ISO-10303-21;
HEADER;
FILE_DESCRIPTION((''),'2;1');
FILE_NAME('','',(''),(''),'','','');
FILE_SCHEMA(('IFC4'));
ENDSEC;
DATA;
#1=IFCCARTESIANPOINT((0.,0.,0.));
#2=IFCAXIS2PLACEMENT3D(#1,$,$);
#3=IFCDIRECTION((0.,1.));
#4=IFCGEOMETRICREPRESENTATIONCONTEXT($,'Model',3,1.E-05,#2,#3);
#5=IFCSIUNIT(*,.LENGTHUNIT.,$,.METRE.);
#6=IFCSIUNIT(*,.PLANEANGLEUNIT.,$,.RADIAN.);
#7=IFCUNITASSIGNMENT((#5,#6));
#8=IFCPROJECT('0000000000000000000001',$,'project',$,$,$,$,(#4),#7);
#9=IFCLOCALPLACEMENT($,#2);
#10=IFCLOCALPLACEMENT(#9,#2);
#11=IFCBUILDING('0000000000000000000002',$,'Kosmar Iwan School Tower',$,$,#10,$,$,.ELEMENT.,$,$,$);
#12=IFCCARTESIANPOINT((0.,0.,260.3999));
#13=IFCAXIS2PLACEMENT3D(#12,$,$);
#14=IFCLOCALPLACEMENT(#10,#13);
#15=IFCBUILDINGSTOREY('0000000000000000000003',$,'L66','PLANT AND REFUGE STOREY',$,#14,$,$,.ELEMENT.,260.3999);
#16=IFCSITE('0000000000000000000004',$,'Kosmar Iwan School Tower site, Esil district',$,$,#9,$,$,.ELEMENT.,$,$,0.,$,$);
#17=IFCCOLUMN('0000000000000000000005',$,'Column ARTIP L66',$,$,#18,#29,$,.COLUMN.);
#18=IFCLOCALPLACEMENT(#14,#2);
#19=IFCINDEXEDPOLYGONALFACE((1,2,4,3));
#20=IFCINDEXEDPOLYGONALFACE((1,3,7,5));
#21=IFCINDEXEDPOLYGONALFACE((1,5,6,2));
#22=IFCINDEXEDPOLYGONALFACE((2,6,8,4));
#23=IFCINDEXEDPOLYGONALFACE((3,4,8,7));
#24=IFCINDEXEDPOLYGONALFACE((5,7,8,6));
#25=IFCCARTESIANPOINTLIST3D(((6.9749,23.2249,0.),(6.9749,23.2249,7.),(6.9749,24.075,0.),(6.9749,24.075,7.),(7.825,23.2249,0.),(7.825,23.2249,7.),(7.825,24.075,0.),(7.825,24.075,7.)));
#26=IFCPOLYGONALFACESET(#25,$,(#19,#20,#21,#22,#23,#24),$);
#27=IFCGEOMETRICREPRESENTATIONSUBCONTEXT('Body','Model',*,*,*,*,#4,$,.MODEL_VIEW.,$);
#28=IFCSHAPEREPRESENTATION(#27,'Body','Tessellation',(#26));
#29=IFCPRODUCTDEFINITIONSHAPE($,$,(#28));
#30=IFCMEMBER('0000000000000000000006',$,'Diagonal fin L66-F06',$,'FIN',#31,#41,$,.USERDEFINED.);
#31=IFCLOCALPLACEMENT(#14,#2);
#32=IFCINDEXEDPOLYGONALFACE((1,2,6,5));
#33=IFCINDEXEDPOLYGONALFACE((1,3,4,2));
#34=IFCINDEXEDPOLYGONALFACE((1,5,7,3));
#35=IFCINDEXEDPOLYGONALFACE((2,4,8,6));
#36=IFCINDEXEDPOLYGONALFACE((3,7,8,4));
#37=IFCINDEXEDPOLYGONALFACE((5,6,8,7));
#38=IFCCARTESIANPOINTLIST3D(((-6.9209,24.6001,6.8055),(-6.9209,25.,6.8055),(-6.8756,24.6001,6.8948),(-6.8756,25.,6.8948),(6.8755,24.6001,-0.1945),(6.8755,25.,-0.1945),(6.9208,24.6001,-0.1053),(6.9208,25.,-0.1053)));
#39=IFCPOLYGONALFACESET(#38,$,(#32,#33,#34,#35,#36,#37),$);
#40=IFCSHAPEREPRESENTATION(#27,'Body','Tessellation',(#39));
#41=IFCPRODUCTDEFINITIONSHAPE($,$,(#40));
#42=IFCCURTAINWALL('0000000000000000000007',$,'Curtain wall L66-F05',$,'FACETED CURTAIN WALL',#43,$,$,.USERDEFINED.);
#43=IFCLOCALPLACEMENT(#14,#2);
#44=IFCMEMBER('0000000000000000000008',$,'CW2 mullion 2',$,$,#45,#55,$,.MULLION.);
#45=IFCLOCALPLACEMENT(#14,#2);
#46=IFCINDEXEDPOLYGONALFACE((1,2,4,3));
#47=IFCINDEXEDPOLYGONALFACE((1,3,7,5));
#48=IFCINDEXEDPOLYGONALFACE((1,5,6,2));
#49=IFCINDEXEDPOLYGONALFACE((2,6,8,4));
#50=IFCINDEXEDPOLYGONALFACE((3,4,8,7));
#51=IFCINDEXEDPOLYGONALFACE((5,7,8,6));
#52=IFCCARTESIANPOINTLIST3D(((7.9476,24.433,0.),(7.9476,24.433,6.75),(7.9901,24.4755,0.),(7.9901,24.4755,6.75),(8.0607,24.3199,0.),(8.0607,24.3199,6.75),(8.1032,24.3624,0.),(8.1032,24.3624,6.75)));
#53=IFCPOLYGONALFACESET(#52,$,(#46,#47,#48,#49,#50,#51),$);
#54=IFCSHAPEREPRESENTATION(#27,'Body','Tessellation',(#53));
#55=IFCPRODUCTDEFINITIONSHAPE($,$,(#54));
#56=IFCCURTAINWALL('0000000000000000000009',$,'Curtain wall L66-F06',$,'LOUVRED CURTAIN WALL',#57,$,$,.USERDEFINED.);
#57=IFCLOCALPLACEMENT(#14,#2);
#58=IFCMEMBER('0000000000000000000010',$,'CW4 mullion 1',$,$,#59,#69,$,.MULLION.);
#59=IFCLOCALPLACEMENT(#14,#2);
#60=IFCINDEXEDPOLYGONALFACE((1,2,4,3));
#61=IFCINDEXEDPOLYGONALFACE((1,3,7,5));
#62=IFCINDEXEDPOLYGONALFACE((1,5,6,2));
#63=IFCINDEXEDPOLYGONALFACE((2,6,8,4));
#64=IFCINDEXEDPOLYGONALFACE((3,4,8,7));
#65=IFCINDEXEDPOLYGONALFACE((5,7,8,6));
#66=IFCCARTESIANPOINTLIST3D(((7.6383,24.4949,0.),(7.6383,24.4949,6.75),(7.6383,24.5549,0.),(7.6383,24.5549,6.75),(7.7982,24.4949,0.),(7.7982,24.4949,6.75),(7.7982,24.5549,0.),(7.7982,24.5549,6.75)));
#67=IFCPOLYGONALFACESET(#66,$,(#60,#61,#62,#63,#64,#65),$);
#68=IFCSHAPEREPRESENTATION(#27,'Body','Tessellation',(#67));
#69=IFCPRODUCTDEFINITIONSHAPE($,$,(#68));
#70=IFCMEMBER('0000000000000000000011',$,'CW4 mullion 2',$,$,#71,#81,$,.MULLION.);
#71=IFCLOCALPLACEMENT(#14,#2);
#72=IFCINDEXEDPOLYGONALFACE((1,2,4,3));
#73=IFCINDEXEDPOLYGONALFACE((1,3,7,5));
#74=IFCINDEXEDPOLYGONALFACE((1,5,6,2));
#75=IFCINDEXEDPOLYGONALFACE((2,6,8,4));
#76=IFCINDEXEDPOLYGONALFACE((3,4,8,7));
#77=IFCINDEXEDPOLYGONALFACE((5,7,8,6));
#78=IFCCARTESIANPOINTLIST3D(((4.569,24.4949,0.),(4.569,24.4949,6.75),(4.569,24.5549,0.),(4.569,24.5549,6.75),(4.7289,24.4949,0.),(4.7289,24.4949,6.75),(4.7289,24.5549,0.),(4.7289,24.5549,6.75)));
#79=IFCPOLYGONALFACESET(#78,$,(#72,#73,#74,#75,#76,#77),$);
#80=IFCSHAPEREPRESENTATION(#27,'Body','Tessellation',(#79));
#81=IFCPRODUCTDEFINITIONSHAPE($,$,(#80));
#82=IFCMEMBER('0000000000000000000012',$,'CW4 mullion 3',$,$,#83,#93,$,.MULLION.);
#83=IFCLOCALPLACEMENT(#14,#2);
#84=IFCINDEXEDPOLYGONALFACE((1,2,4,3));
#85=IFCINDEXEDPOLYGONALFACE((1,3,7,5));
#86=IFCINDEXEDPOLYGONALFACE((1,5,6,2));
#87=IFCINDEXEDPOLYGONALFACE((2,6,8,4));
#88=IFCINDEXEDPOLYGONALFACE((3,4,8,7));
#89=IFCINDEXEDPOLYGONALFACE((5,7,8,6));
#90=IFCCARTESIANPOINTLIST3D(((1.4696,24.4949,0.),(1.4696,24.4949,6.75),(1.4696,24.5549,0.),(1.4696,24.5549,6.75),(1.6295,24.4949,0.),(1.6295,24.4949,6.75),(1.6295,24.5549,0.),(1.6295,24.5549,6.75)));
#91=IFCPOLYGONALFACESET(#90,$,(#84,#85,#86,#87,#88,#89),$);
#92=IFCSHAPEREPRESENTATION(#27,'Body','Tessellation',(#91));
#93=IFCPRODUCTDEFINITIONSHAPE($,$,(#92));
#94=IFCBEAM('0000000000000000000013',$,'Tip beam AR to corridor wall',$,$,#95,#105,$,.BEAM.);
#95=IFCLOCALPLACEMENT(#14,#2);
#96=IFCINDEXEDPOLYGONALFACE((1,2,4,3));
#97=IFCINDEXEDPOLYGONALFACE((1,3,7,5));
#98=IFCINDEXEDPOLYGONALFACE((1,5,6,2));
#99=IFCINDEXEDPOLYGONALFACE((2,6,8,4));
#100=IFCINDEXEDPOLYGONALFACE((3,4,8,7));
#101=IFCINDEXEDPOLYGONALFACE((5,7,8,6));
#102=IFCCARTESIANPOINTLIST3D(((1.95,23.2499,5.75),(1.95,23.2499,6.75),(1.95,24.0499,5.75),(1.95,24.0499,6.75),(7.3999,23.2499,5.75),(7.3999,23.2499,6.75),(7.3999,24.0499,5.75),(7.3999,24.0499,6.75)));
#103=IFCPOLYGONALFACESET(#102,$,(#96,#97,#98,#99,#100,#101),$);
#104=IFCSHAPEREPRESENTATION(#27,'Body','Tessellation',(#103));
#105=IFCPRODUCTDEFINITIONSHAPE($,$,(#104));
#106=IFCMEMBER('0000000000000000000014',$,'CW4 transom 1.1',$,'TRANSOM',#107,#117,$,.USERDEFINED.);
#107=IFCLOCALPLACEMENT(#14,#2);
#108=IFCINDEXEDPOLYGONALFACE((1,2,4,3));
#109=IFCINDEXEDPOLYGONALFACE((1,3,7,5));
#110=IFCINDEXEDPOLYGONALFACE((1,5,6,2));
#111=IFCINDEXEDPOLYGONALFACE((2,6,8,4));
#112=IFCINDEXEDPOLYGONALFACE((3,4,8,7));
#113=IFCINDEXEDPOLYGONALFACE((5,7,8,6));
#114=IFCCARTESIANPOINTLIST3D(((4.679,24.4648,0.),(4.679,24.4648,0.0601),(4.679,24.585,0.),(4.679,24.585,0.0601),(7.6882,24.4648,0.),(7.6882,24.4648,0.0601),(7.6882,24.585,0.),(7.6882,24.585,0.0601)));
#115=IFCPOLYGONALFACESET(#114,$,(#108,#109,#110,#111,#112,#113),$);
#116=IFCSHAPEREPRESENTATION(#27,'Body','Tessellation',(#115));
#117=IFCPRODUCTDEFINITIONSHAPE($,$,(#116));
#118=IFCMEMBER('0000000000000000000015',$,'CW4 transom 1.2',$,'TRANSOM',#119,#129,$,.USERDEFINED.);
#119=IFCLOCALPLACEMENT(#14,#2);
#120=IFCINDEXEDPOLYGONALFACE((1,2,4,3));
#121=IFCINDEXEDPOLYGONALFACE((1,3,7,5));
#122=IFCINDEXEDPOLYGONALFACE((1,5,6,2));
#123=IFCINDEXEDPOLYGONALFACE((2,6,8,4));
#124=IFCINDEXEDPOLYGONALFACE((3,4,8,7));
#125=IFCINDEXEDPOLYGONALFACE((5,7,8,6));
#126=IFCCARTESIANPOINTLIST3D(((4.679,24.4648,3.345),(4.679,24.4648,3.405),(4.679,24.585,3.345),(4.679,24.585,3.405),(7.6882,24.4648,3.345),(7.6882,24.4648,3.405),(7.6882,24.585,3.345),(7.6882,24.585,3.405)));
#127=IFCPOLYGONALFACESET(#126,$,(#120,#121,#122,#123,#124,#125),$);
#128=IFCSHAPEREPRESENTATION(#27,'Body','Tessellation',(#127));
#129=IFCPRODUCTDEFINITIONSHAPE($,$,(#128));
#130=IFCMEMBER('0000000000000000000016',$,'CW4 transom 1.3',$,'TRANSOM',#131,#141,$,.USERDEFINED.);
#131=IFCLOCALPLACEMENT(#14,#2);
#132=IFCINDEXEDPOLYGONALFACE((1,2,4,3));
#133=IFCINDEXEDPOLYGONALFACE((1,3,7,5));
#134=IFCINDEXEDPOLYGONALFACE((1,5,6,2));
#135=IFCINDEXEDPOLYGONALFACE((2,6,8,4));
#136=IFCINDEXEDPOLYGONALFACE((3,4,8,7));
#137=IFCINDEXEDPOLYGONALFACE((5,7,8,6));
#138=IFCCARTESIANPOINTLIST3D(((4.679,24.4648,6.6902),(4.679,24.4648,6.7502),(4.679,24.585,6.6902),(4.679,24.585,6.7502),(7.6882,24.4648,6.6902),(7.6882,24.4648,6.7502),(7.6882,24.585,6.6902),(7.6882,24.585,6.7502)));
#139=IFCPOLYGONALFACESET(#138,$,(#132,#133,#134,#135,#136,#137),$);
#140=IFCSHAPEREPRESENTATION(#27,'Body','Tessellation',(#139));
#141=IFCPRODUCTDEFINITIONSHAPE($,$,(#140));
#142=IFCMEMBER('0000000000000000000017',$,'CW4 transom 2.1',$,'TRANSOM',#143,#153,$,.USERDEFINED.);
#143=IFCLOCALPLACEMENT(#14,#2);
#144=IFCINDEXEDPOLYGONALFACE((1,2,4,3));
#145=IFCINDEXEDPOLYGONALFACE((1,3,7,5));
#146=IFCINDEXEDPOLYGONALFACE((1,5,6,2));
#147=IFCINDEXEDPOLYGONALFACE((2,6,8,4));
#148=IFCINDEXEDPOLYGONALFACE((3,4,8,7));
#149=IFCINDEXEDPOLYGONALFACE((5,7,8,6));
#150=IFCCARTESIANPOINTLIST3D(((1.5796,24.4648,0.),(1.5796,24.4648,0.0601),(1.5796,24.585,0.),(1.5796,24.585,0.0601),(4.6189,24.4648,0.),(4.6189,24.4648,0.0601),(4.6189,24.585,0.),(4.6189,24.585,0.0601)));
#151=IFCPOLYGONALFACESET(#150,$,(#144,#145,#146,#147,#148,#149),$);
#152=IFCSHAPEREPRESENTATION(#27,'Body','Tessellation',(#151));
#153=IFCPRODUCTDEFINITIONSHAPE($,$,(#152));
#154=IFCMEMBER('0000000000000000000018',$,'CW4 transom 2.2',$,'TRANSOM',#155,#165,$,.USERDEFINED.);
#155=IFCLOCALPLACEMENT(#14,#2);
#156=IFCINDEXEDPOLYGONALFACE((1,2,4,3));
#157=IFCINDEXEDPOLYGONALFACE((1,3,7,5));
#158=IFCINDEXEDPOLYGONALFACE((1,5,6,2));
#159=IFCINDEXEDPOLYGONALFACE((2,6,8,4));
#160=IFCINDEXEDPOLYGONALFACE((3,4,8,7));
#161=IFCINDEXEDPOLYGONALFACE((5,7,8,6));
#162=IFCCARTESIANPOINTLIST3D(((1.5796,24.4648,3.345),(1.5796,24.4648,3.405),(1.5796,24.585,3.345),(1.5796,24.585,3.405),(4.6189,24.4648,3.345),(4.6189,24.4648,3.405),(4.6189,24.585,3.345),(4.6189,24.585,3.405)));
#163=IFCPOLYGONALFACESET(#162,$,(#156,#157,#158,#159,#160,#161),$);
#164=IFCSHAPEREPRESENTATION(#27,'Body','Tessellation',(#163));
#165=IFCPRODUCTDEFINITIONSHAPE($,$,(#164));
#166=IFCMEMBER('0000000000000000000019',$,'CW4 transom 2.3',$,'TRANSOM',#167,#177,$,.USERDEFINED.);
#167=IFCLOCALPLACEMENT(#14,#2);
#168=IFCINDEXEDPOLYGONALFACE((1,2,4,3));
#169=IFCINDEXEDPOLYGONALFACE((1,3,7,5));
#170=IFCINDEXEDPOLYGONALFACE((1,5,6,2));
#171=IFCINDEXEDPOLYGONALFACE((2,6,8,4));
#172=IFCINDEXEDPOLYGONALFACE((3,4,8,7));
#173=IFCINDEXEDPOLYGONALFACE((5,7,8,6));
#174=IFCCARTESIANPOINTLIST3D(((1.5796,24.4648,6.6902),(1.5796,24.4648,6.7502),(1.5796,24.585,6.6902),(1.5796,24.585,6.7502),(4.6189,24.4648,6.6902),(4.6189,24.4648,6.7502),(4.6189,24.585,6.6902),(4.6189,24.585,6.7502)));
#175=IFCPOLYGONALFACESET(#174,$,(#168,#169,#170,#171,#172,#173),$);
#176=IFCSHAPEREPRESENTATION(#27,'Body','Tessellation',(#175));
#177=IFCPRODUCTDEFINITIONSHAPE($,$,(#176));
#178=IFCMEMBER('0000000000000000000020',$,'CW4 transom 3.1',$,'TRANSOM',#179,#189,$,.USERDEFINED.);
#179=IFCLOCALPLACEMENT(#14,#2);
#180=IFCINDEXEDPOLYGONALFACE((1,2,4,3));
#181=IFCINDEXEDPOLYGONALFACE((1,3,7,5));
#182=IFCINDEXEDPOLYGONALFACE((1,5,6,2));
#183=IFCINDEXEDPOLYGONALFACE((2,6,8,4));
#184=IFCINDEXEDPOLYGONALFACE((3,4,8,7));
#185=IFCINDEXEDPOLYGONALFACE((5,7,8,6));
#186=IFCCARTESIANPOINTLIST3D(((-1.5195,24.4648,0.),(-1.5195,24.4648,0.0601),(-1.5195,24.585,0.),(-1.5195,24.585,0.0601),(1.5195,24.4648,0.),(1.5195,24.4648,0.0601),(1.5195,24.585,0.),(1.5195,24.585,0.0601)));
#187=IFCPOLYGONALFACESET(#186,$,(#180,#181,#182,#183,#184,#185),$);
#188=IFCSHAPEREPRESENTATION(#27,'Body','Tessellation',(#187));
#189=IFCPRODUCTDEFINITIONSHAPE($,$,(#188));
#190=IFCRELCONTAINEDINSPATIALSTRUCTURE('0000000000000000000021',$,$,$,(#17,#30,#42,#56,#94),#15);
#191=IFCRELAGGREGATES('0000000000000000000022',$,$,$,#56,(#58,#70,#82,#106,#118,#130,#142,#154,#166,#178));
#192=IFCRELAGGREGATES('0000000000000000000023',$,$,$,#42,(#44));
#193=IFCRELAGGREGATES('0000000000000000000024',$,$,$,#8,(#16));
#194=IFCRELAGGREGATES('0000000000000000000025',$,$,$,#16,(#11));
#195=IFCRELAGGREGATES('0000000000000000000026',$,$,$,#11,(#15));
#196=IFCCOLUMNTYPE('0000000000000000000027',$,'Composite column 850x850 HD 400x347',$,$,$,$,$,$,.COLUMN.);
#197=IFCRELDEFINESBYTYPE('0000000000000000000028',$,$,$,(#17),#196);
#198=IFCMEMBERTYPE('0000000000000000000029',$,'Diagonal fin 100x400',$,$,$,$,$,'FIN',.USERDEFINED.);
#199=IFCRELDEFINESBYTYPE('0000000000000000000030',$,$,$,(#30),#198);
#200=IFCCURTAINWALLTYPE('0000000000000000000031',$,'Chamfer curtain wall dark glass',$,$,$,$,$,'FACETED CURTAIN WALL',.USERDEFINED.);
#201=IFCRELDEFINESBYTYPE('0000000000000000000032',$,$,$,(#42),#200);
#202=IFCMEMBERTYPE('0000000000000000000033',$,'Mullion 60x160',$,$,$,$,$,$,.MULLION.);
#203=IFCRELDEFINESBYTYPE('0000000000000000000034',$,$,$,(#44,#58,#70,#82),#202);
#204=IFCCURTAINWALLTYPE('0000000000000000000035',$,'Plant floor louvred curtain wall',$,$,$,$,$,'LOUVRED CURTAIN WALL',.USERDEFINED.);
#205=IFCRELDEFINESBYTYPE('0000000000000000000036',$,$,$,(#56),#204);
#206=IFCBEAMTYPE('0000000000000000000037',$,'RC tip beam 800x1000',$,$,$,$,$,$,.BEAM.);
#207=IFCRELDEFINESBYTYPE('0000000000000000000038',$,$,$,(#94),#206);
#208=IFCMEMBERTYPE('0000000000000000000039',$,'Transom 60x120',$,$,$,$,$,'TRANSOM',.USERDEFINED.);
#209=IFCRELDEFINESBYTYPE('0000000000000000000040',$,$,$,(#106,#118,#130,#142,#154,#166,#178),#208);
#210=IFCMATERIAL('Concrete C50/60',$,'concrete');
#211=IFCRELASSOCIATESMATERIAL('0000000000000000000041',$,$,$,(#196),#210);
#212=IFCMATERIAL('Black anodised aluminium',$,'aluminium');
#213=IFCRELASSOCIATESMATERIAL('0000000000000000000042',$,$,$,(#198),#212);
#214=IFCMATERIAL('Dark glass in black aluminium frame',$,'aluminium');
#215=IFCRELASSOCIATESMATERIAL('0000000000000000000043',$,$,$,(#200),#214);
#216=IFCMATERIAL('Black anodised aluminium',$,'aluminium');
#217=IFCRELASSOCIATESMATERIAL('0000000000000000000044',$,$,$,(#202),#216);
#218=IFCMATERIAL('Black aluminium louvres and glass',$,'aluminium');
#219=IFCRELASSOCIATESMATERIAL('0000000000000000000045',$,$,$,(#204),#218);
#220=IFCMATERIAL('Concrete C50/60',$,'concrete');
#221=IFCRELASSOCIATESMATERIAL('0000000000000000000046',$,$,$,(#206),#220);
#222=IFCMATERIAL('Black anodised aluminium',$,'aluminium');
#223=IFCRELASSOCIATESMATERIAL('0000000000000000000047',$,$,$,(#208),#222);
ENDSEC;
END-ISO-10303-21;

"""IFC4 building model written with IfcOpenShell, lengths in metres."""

from ifc_helpers import new_model, si_unit, direction, frame, origin, origin_2d, place, context, subcontext, project, spatial, rectangle, extrude, material, material_profile, profile_set, type_object, element, aggregate, save


model = new_model("IFC4")

# Units and contexts
model_context = context("Model", 3, precision=1e-05, world=origin(), true_north=direction((0.0, 1.0)))
body_context = subcontext(model_context, "Body", "Model", "MODEL_VIEW")
ifc_project = project(units=[si_unit("LENGTHUNIT", "METRE"), si_unit("PLANEANGLEUNIT", "RADIAN")], contexts=[model_context])

# Site, building, storey
site_placement = place(None, origin())
site = spatial("IfcSite", under=ifc_project, at=site_placement, Name="Kosmar Iwan School Tower site, Esil district", CompositionType="ELEMENT", RefElevation=0.0)
building_placement = place(site_placement, origin())
building = spatial("IfcBuilding", under=site, at=building_placement, Name="Kosmar Iwan School Tower", CompositionType="ELEMENT")
storey_placement = place(building_placement, frame((0.0, 0.0, 260.3999)))
storey = spatial("IfcBuildingStorey", under=building, at=storey_placement, Name="L66", Description="PLANT AND REFUGE STOREY", CompositionType="ELEMENT", Elevation=260.3999)

# Column
ifc_material_1 = material(Name="Concrete C50/60", Category="concrete")
ifc_material_profile_1 = material_profile(ifc_material_1, rectangle(XDim=0.8501, YDim=0.8501, at=origin_2d()), Name="RC 850x850 + HD 400x347")
ifc_profile_set_1 = profile_set([ifc_material_profile_1], Name="Concrete C50/60")
column_type = type_object("IfcColumnType", Name="Composite column 850x850 HD 400x347", PredefinedType="COLUMN", material=ifc_profile_set_1)
column_placement = place(storey_placement, frame((7.3999, 23.6499, 0.0), z_axis=(0.0, 0.0, 1.0), x_axis=(0.0, 1.0, 0.0)))
element("IfcColumn", 1, at=column_placement, inside=storey, type_object=column_type, Name="Column ARTIP L66", PredefinedType="COLUMN", context=body_context, shape_type="SweptSolid", body=[
    extrude(rectangle(XDim=0.8501, YDim=0.8501, at=origin_2d()), origin(), (0.0, 0.0, 1.0), 7.0),
])

# Member
ifc_material_2 = material(Name="Black anodised aluminium", Category="aluminium")
ifc_material_profile_2 = material_profile(ifc_material_2, rectangle(XDim=0.1001, YDim=0.3999, at=origin_2d()), Name="FIN 100x400")
ifc_profile_set_2 = profile_set([ifc_material_profile_2], Name="Black anodised aluminium")
member_type_1 = type_object("IfcMemberType", Name="Diagonal fin 100x400", ElementType="FIN", PredefinedType="USERDEFINED", material=ifc_profile_set_2)
member_1_placement = place(storey_placement, frame((6.8982, 24.8, -0.1499), z_axis=(-0.891779, 0.0, 0.45247), x_axis=(0.45247, 0.0, 0.891779)))
element("IfcMember", 2, at=member_1_placement, inside=storey, type_object=member_type_1, Name="Diagonal fin L66-F06", ObjectType="FIN", PredefinedType="USERDEFINED", context=body_context, shape_type="SweptSolid", body=[
    extrude(rectangle(XDim=0.1001, YDim=0.3999, at=origin_2d()), origin(), (0.0, 0.0, 1.0), 15.4707),
])

# Curtain wall, member
ifc_material_3 = material(Name="Dark glass in black aluminium frame", Category="aluminium")
curtain_wall_type_1 = type_object("IfcCurtainWallType", Name="Chamfer curtain wall dark glass", ElementType="FACETED CURTAIN WALL", PredefinedType="USERDEFINED", material=ifc_material_3)
curtain_wall_1_placement = place(storey_placement, origin())
curtain_wall_1 = element("IfcCurtainWall", 3, at=curtain_wall_1_placement, inside=storey, type_object=curtain_wall_type_1, Name="Curtain wall L66-F05", ObjectType="FACETED CURTAIN WALL", PredefinedType="USERDEFINED")
ifc_material_4 = material(Name="Black anodised aluminium", Category="aluminium")
ifc_material_profile_3 = material_profile(ifc_material_4, rectangle(XDim=0.0601, YDim=0.1599, at=origin_2d()), Name="MULLION 60x160")
ifc_profile_set_3 = profile_set([ifc_material_profile_3], Name="Black anodised aluminium")
member_type_2 = type_object("IfcMemberType", Name="Mullion 60x160", PredefinedType="MULLION", material=ifc_profile_set_3)
member_2_placement = place(storey_placement, frame((8.0254, 24.3977, 0.0), z_axis=(0.0, 0.0, 1.0), x_axis=(-0.707107, -0.707107, 0.0)))
member_2 = element("IfcMember", 4, at=member_2_placement, type_object=member_type_2, Name="CW2 mullion 2", PredefinedType="MULLION", context=body_context, shape_type="SweptSolid", body=[
    extrude(rectangle(XDim=0.0601, YDim=0.1599, at=origin_2d()), origin(), (0.0, 0.0, 1.0), 6.75),
])

# Curtain wall, members
ifc_material_5 = material(Name="Black aluminium louvres and glass", Category="aluminium")
curtain_wall_type_2 = type_object("IfcCurtainWallType", Name="Plant floor louvred curtain wall", ElementType="LOUVRED CURTAIN WALL", PredefinedType="USERDEFINED", material=ifc_material_5)
curtain_wall_2_placement = place(storey_placement, origin())
curtain_wall_2 = element("IfcCurtainWall", 5, at=curtain_wall_2_placement, inside=storey, type_object=curtain_wall_type_2, Name="Curtain wall L66-F06", ObjectType="LOUVRED CURTAIN WALL", PredefinedType="USERDEFINED")
member_3_placement = place(storey_placement, frame((7.7183, 24.5249, 0.0), z_axis=(0.0, 0.0, 1.0), x_axis=(0.0, -1.0, 0.0)))
member_3 = element("IfcMember", 6, at=member_3_placement, type_object=member_type_2, Name="CW4 mullion 1", PredefinedType="MULLION", context=body_context, shape_type="SweptSolid", body=[
    extrude(rectangle(XDim=0.0601, YDim=0.1599, at=origin_2d()), origin(), (0.0, 0.0, 1.0), 6.75),
])
member_4_placement = place(storey_placement, frame((4.6489, 24.5249, 0.0), z_axis=(0.0, 0.0, 1.0), x_axis=(0.0, -1.0, 0.0)))
member_4 = element("IfcMember", 7, at=member_4_placement, type_object=member_type_2, Name="CW4 mullion 2", PredefinedType="MULLION", context=body_context, shape_type="SweptSolid", body=[
    extrude(rectangle(XDim=0.0601, YDim=0.1599, at=origin_2d()), origin(), (0.0, 0.0, 1.0), 6.75),
])
member_5_placement = place(storey_placement, frame((1.5496, 24.5249, 0.0), z_axis=(0.0, 0.0, 1.0), x_axis=(0.0, -1.0, 0.0)))
member_5 = element("IfcMember", 8, at=member_5_placement, type_object=member_type_2, Name="CW4 mullion 3", PredefinedType="MULLION", context=body_context, shape_type="SweptSolid", body=[
    extrude(rectangle(XDim=0.0601, YDim=0.1599, at=origin_2d()), origin(), (0.0, 0.0, 1.0), 6.75),
])

# Beam
ifc_material_6 = material(Name="Concrete C50/60", Category="concrete")
ifc_material_profile_4 = material_profile(ifc_material_6, rectangle(XDim=0.8, YDim=1.0, at=origin_2d()), Name="RC 800x1000")
ifc_profile_set_4 = profile_set([ifc_material_profile_4], Name="Concrete C50/60")
beam_type = type_object("IfcBeamType", Name="RC tip beam 800x1000", PredefinedType="BEAM", material=ifc_profile_set_4)
beam_placement = place(storey_placement, frame((7.3999, 23.6499, 6.25), z_axis=(-1.0, 0.0, 0.0), x_axis=(0.0, -1.0, 0.0)))
element("IfcBeam", 9, at=beam_placement, inside=storey, type_object=beam_type, Name="Tip beam AR to corridor wall", PredefinedType="BEAM", context=body_context, shape_type="SweptSolid", body=[
    extrude(rectangle(XDim=0.8, YDim=1.0, at=origin_2d()), origin(), (0.0, 0.0, 1.0), 5.45),
])

# Members
ifc_material_7 = material(Name="Black anodised aluminium", Category="aluminium")
ifc_material_profile_5 = material_profile(ifc_material_7, rectangle(XDim=0.1201, YDim=0.0601, at=origin_2d()), Name="TRANSOM 60x120")
ifc_profile_set_5 = profile_set([ifc_material_profile_5], Name="Black anodised aluminium")
member_type_3 = type_object("IfcMemberType", Name="Transom 60x120", ElementType="TRANSOM", PredefinedType="USERDEFINED", material=ifc_profile_set_5)
member_6_placement = place(storey_placement, frame((7.6882, 24.5249, 0.03), z_axis=(-1.0, 0.0, 0.0), x_axis=(0.0, -1.0, 0.0)))
member_6 = element("IfcMember", 10, at=member_6_placement, type_object=member_type_3, Name="CW4 transom 1.1", ObjectType="TRANSOM", PredefinedType="USERDEFINED", context=body_context, shape_type="SweptSolid", body=[
    extrude(rectangle(XDim=0.1201, YDim=0.0601, at=origin_2d()), origin(), (0.0, 0.0, 1.0), 3.0093),
])
member_7_placement = place(storey_placement, frame((7.6882, 24.5249, 3.375), z_axis=(-1.0, 0.0, 0.0), x_axis=(0.0, -1.0, 0.0)))
member_7 = element("IfcMember", 11, at=member_7_placement, type_object=member_type_3, Name="CW4 transom 1.2", ObjectType="TRANSOM", PredefinedType="USERDEFINED", context=body_context, shape_type="SweptSolid", body=[
    extrude(rectangle(XDim=0.1201, YDim=0.0601, at=origin_2d()), origin(), (0.0, 0.0, 1.0), 3.0093),
])
member_8_placement = place(storey_placement, frame((7.6882, 24.5249, 6.7202), z_axis=(-1.0, 0.0, 0.0), x_axis=(0.0, -1.0, 0.0)))
member_8 = element("IfcMember", 12, at=member_8_placement, type_object=member_type_3, Name="CW4 transom 1.3", ObjectType="TRANSOM", PredefinedType="USERDEFINED", context=body_context, shape_type="SweptSolid", body=[
    extrude(rectangle(XDim=0.1201, YDim=0.0601, at=origin_2d()), origin(), (0.0, 0.0, 1.0), 3.0093),
])
member_9_placement = place(storey_placement, frame((4.6189, 24.5249, 0.03), z_axis=(-1.0, 0.0, 0.0), x_axis=(0.0, -1.0, 0.0)))
member_9 = element("IfcMember", 13, at=member_9_placement, type_object=member_type_3, Name="CW4 transom 2.1", ObjectType="TRANSOM", PredefinedType="USERDEFINED", context=body_context, shape_type="SweptSolid", body=[
    extrude(rectangle(XDim=0.1201, YDim=0.0601, at=origin_2d()), origin(), (0.0, 0.0, 1.0), 3.0393),
])
member_10_placement = place(storey_placement, frame((4.6189, 24.5249, 3.375), z_axis=(-1.0, 0.0, 0.0), x_axis=(0.0, -1.0, 0.0)))
member_10 = element("IfcMember", 14, at=member_10_placement, type_object=member_type_3, Name="CW4 transom 2.2", ObjectType="TRANSOM", PredefinedType="USERDEFINED", context=body_context, shape_type="SweptSolid", body=[
    extrude(rectangle(XDim=0.1201, YDim=0.0601, at=origin_2d()), origin(), (0.0, 0.0, 1.0), 3.0393),
])
member_11_placement = place(storey_placement, frame((4.6189, 24.5249, 6.7202), z_axis=(-1.0, 0.0, 0.0), x_axis=(0.0, -1.0, 0.0)))
member_11 = element("IfcMember", 15, at=member_11_placement, type_object=member_type_3, Name="CW4 transom 2.3", ObjectType="TRANSOM", PredefinedType="USERDEFINED", context=body_context, shape_type="SweptSolid", body=[
    extrude(rectangle(XDim=0.1201, YDim=0.0601, at=origin_2d()), origin(), (0.0, 0.0, 1.0), 3.0393),
])
member_12_placement = place(storey_placement, frame((1.5195, 24.5249, 0.03), z_axis=(-1.0, 0.0, 0.0), x_axis=(0.0, -1.0, 0.0)))
member_12 = element("IfcMember", 16, at=member_12_placement, type_object=member_type_3, Name="CW4 transom 3.1", ObjectType="TRANSOM", PredefinedType="USERDEFINED", context=body_context, shape_type="SweptSolid", body=[
    extrude(rectangle(XDim=0.1201, YDim=0.0601, at=origin_2d()), origin(), (0.0, 0.0, 1.0), 3.0391),
])

aggregate(curtain_wall_2, [member_3, member_4, member_5, member_6, member_7, member_8, member_9, member_10, member_11, member_12])
aggregate(curtain_wall_1, [member_2])

save(model, "model.ifc")
